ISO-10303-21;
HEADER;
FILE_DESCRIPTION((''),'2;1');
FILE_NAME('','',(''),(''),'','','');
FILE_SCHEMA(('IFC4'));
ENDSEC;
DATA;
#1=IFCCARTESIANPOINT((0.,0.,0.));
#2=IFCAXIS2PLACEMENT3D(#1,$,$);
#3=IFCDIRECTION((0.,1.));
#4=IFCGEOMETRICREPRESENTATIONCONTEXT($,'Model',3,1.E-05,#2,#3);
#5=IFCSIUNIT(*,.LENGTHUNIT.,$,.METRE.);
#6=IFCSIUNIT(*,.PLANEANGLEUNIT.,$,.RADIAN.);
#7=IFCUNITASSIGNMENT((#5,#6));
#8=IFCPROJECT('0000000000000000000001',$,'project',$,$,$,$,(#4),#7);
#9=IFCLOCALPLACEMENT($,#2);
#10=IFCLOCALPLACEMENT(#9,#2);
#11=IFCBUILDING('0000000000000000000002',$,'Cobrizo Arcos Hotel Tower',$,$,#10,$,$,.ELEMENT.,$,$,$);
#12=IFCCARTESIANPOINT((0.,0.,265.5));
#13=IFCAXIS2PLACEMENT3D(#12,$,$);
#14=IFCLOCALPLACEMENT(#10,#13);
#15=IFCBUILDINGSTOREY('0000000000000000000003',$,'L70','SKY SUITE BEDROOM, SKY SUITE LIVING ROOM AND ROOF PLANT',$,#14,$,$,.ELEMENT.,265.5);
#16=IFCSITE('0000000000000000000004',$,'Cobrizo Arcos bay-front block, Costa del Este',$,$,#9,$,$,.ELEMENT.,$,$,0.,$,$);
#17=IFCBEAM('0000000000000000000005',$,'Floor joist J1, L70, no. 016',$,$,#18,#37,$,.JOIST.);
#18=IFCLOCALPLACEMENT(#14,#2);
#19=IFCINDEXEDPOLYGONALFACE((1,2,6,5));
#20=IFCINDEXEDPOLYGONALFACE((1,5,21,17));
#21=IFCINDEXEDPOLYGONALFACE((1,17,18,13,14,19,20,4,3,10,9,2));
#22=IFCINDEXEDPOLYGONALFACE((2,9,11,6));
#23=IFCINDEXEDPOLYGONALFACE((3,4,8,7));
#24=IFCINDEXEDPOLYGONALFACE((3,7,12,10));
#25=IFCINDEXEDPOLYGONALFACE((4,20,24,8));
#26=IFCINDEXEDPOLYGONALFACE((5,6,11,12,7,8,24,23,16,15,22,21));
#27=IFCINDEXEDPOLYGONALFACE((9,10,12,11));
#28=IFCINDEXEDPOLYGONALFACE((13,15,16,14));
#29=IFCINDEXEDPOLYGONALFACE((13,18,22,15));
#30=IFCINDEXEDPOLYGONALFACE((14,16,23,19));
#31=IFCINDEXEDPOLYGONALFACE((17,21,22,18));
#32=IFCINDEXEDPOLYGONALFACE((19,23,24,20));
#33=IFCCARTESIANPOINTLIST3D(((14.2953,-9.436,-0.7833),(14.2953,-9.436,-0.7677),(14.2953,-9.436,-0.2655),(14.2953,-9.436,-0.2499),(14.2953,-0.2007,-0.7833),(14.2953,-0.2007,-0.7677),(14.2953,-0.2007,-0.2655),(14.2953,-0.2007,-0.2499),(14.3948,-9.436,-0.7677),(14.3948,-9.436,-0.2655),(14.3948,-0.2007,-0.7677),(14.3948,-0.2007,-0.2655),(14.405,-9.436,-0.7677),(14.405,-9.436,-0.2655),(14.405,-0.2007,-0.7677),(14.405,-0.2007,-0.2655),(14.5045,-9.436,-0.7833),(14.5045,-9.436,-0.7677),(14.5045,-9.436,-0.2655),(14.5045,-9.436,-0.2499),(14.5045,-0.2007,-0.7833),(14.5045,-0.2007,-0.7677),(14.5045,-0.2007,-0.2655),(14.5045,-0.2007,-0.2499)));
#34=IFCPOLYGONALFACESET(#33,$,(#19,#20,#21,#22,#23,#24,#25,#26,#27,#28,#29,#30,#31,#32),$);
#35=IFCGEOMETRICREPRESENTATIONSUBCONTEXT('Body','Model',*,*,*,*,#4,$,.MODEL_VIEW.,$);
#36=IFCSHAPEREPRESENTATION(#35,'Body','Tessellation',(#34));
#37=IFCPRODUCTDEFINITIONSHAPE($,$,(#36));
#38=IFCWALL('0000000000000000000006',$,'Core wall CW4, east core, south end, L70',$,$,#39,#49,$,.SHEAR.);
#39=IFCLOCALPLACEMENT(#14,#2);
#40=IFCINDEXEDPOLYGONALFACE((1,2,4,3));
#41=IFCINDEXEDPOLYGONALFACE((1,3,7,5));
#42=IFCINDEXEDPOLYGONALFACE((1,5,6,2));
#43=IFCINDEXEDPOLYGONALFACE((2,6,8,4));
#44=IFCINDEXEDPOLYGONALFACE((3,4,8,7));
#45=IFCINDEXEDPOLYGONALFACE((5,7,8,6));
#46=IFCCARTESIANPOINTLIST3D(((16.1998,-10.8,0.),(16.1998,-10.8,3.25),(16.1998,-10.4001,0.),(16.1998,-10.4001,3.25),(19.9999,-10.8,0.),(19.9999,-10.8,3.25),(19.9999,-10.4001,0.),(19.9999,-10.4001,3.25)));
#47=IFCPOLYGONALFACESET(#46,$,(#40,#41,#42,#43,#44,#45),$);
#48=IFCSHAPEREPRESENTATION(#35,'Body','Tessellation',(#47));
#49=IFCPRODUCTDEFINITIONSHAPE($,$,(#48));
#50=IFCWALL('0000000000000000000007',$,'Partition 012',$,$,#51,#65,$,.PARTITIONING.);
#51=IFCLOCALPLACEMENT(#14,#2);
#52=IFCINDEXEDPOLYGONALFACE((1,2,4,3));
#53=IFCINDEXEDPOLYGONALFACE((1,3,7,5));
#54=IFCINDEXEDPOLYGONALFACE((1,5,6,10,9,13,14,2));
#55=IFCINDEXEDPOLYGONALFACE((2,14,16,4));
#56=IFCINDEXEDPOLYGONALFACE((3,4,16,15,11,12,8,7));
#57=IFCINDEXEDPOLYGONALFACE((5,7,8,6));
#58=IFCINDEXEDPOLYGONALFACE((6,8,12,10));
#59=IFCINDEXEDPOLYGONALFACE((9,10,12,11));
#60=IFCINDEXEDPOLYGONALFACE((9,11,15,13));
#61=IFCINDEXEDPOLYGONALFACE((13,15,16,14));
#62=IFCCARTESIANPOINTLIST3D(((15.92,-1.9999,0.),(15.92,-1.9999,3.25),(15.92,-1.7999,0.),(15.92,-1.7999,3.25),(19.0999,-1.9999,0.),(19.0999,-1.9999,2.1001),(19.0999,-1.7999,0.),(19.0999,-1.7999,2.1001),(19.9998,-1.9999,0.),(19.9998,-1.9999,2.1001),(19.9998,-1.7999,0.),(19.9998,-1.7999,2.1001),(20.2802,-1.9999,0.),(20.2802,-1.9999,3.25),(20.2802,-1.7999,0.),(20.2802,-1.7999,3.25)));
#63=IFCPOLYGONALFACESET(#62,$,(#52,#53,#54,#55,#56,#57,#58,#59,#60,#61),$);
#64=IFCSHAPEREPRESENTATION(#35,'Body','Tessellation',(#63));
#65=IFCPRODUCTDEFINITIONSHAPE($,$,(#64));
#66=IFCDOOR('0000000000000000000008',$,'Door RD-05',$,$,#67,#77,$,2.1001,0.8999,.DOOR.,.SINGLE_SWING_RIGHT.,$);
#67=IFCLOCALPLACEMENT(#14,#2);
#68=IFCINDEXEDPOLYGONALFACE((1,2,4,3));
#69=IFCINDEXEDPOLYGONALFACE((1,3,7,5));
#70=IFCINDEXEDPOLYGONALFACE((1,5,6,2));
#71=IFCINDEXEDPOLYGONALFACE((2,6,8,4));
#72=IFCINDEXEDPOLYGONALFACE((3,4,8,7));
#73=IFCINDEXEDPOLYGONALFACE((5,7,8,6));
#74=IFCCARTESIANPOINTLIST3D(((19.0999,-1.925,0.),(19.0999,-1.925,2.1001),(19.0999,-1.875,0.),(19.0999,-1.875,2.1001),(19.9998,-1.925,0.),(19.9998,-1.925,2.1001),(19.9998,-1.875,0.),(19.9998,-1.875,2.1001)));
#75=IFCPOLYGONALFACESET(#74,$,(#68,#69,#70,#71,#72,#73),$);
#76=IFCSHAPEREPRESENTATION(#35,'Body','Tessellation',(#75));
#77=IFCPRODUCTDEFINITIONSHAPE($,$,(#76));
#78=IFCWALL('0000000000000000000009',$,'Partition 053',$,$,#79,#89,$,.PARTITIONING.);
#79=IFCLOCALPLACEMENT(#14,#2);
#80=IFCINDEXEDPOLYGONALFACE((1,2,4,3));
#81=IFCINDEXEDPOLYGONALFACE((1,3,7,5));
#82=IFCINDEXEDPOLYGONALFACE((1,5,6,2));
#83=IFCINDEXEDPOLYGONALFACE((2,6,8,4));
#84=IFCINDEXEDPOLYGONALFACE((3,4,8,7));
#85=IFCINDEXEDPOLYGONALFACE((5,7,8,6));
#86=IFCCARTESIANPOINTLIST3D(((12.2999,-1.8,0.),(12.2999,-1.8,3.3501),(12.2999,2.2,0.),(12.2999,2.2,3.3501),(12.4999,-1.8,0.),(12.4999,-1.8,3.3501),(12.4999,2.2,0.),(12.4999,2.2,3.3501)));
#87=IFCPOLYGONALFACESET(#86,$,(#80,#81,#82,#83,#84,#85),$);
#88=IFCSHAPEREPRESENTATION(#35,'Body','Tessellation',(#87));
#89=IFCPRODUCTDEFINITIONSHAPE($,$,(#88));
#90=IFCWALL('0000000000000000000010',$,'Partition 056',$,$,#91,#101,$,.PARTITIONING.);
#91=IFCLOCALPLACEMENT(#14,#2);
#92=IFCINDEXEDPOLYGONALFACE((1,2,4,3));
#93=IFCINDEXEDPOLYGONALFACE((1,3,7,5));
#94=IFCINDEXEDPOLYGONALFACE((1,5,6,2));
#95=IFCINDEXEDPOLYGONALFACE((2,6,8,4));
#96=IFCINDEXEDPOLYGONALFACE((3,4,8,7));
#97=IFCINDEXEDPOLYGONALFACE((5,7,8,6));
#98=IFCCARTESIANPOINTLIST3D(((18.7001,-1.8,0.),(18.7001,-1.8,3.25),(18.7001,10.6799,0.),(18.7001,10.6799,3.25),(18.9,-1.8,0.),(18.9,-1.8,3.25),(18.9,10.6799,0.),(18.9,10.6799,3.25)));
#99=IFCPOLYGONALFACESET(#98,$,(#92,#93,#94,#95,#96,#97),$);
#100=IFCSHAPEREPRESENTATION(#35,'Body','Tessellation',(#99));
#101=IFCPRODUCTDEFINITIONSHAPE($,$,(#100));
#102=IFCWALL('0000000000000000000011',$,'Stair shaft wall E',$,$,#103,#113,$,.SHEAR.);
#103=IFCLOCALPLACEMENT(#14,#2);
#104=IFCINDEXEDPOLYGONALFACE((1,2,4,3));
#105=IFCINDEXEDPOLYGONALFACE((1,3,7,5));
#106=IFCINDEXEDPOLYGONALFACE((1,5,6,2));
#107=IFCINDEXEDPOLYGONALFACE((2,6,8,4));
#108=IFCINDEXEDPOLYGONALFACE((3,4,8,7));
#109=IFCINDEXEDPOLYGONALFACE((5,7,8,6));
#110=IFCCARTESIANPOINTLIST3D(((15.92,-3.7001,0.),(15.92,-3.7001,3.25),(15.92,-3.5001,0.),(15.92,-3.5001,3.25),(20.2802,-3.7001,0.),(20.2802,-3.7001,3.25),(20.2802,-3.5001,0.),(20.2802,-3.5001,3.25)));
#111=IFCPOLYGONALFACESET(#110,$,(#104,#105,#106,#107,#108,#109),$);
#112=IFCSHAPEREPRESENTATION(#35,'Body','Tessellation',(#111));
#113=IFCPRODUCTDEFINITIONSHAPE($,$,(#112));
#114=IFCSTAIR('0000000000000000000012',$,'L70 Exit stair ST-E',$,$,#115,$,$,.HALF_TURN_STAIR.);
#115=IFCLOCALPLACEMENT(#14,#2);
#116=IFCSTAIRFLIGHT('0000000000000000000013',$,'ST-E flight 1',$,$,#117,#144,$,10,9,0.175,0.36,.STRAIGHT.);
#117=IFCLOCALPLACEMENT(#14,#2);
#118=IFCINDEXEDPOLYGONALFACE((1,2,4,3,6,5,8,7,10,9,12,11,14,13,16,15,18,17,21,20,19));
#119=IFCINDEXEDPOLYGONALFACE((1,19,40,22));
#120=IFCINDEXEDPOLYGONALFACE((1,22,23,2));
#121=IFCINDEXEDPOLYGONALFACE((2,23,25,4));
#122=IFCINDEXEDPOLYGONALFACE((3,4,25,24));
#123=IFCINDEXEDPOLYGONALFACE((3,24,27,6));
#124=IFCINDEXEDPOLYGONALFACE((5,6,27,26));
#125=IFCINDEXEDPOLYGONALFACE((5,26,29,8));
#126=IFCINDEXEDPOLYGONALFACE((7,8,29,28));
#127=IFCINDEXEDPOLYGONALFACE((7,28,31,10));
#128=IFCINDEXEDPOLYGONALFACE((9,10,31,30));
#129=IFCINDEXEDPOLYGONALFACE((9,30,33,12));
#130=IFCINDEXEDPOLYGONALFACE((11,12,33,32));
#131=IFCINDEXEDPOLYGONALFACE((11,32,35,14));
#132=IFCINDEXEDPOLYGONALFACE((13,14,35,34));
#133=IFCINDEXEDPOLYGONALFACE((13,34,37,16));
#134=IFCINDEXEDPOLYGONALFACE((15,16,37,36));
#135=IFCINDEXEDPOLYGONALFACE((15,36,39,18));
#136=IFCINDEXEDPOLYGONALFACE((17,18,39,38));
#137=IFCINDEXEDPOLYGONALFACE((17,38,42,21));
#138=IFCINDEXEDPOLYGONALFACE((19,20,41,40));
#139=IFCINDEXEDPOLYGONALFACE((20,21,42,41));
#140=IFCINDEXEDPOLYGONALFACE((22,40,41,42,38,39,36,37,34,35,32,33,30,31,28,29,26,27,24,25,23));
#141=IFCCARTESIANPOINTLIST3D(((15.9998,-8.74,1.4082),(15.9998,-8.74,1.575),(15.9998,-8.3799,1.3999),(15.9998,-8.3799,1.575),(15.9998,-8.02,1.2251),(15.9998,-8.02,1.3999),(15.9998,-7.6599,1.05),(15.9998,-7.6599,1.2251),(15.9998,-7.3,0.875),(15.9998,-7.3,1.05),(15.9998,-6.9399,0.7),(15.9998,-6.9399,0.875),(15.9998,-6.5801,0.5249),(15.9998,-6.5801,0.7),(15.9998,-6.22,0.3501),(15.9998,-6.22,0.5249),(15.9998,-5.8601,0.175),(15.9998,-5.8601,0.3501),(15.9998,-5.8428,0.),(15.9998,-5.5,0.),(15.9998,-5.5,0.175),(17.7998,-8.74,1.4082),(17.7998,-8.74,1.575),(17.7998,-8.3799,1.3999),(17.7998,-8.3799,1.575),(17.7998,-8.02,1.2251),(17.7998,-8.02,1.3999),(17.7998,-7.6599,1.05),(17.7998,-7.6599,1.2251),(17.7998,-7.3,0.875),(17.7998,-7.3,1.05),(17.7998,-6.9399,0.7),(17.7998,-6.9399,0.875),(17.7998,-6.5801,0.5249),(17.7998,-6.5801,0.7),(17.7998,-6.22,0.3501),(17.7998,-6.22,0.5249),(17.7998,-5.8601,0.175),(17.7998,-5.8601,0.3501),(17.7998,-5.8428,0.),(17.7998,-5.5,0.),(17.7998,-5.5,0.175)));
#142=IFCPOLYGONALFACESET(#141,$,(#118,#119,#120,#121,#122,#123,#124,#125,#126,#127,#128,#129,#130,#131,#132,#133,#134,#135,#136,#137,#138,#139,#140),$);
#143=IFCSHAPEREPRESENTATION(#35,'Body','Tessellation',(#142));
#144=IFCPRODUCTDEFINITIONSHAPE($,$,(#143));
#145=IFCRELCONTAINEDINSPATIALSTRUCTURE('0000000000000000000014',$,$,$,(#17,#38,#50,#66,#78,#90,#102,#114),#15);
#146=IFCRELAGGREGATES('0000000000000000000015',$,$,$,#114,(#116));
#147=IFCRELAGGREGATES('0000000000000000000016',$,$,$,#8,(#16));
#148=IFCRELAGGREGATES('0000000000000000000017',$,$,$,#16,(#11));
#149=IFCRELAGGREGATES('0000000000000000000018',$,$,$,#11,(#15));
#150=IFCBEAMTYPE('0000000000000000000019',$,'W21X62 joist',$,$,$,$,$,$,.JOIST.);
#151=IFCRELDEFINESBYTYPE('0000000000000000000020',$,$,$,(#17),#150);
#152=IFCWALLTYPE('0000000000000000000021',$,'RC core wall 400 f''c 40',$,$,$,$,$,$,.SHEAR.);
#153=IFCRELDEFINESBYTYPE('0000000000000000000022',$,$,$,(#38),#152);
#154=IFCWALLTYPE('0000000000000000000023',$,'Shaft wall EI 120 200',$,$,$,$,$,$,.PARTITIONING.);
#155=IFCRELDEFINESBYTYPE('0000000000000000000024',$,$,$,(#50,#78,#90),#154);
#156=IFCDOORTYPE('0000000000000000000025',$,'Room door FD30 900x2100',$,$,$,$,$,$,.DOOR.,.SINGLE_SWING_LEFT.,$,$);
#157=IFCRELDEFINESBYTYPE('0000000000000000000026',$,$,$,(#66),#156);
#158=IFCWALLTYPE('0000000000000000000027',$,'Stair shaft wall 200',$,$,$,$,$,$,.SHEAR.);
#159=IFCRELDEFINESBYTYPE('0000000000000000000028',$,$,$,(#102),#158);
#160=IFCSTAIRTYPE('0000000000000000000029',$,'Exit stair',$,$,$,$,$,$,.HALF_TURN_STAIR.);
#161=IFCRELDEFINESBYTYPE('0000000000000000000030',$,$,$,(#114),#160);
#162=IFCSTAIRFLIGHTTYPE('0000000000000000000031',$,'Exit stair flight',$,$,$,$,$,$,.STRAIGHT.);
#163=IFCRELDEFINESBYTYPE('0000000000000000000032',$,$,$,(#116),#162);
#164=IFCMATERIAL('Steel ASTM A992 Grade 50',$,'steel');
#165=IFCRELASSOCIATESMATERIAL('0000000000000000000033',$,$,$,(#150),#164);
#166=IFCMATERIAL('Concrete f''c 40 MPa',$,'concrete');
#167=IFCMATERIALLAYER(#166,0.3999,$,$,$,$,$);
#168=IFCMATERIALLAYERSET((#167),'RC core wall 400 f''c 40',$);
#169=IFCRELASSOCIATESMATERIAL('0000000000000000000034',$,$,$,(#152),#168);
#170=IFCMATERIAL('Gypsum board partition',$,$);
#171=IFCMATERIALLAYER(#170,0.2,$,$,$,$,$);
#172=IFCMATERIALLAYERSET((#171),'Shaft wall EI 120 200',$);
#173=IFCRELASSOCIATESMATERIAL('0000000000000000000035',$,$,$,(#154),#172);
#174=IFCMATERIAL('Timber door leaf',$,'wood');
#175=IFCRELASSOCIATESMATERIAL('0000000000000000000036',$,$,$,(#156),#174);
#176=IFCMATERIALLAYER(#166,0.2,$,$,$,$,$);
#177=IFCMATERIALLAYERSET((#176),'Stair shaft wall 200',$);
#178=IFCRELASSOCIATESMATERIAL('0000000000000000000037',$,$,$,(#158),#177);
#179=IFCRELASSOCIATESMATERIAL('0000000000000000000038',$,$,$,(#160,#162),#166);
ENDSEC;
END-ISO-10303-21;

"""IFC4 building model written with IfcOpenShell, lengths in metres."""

from ifc_helpers import new_model, si_unit, direction, frame, frame_2d, origin, origin_2d, place, context, subcontext, project, spatial, polyline, rectangle, i_section, outline, extrude, material, layer, layer_set, material_profile, profile_set, type_object, element, fill, aggregate, save


model = new_model("IFC4")

# Units and contexts
model_context = context("Model", 3, precision=1e-05, world=origin(), true_north=direction((0.0, 1.0)))
body_context = subcontext(model_context, "Body", "Model", "MODEL_VIEW")
ifc_project = project(units=[si_unit("LENGTHUNIT", "METRE"), si_unit("PLANEANGLEUNIT", "RADIAN")], contexts=[model_context])

# Site, building, storey
site_placement = place(None, origin())
site = spatial("IfcSite", under=ifc_project, at=site_placement, Name="Cobrizo Arcos bay-front block, Costa del Este", CompositionType="ELEMENT", RefElevation=0.0)
building_placement = place(site_placement, origin())
building = spatial("IfcBuilding", under=site, at=building_placement, Name="Cobrizo Arcos Hotel Tower", CompositionType="ELEMENT")
storey_placement = place(building_placement, frame((0.0, 0.0, 265.5)))
storey = spatial("IfcBuildingStorey", under=building, at=storey_placement, Name="L70", Description="SKY SUITE BEDROOM, SKY SUITE LIVING ROOM AND ROOF PLANT", CompositionType="ELEMENT", Elevation=265.5)

# Beam
ifc_material_1 = material(Name="Steel ASTM A992 Grade 50", Category="steel")
ifc_material_profile = material_profile(ifc_material_1, i_section(OverallWidth=0.2092, OverallDepth=0.5334, WebThickness=0.0103, FlangeThickness=0.0156, at=origin_2d()), Name="W21X62")
ifc_profile_set = profile_set([ifc_material_profile], Name="Steel ASTM A992 Grade 50")
beam_type = type_object("IfcBeamType", Name="W21X62 joist", PredefinedType="JOIST", material=ifc_profile_set)
beam_placement = place(storey_placement, frame((14.3999, -9.436, -0.5166), z_axis=(0.0, 1.0, 0.0), x_axis=(-1.0, 0.0, 0.0)))
element("IfcBeam", 1, at=beam_placement, inside=storey, type_object=beam_type, Name="Floor joist J1, L70, no. 016", PredefinedType="JOIST", context=body_context, shape_type="SweptSolid", body=[
    extrude(i_section(OverallWidth=0.2092, OverallDepth=0.5334, WebThickness=0.0103, FlangeThickness=0.0156, at=origin_2d()), origin(), (0.0, 0.0, 1.0), 9.2354),
])

# Wall
ifc_material_2 = material(Name="Concrete f'c 40 MPa", Category="concrete")
ifc_layer_1 = layer(ifc_material_2, 0.3999)
ifc_layer_set_1 = layer_set([ifc_layer_1], Name="RC core wall 400 f'c 40")
wall_type_1 = type_object("IfcWallType", Name="RC core wall 400 f'c 40", PredefinedType="SHEAR", material=ifc_layer_set_1)
wall_1_placement = place(storey_placement, frame((16.2, -10.6001, 0.0), z_axis=(0.0, 0.0, 1.0), x_axis=(1.0, 0.0, 0.0)))
element("IfcWall", 2, at=wall_1_placement, inside=storey, type_object=wall_type_1, Name="Core wall CW4, east core, south end, L70", PredefinedType="SHEAR", context=body_context, shape_type="SweptSolid", body=[
    extrude(rectangle(XDim=3.8, YDim=0.3999, at=frame_2d((1.8999, 0.0))), origin(), (0.0, 0.0, 1.0), 3.25),
])

# Wall, opening, door
ifc_material_3 = material(Name="Gypsum board partition")
ifc_layer_2 = layer(ifc_material_3, 0.2)
ifc_layer_set_2 = layer_set([ifc_layer_2], Name="Shaft wall EI 120 200")
wall_type_2 = type_object("IfcWallType", Name="Shaft wall EI 120 200", PredefinedType="PARTITIONING", material=ifc_layer_set_2)
wall_2_placement = place(storey_placement, frame((15.9199, -1.8999, 0.0), z_axis=(0.0, 0.0, 1.0), x_axis=(1.0, 0.0, 0.0)))
wall_2 = element("IfcWall", 3, at=wall_2_placement, inside=storey, type_object=wall_type_2, Name="Partition 012", PredefinedType="PARTITIONING", context=body_context, shape_type="SweptSolid", body=[
    extrude(rectangle(XDim=4.3601, YDim=0.2, at=frame_2d((2.1802, 0.0))), origin(), (0.0, 0.0, 1.0), 3.25),
])
opening_placement = place(wall_2_placement, frame((3.1799, 0.0, 0.0)))
opening = element("IfcOpeningElement", 4, at=opening_placement, cuts=wall_2, PredefinedType="OPENING", context=body_context, shape_type="SweptSolid", body=[
    extrude(rectangle(XDim=0.8999, YDim=2.1001, at=frame_2d((0.45, 1.05))), frame((0.0, 0.1121, 0.0), z_axis=(0.0, -1.0, 0.0), x_axis=(1.0, 0.0, 0.0)), (0.0, 0.0, 1.0), 0.2239),
])
ifc_material_4 = material(Name="Timber door leaf", Category="wood")
door_type = type_object("IfcDoorType", Name="Room door FD30 900x2100", OperationType="SINGLE_SWING_LEFT", PredefinedType="DOOR", material=ifc_material_4)
door_placement = place(opening_placement, origin())
door = element("IfcDoor", 5, at=door_placement, inside=storey, type_object=door_type, Name="Door RD-05", OperationType="SINGLE_SWING_RIGHT", OverallHeight=2.1001, OverallWidth=0.8999, PredefinedType="DOOR", context=body_context, shape_type="SweptSolid", body=[
    extrude(rectangle(XDim=0.8999, YDim=2.1001, at=frame_2d((0.45, 1.05))), frame((0.0, 0.0249, 0.0), z_axis=(0.0, -1.0, 0.0), x_axis=(1.0, 0.0, 0.0)), (0.0, 0.0, 1.0), 0.05),
])
fill(opening, door)

# Walls
wall_3_placement = place(storey_placement, frame((12.3999, -1.8, 0.0), z_axis=(0.0, 0.0, 1.0), x_axis=(0.0, 1.0, 0.0)))
element("IfcWall", 6, at=wall_3_placement, inside=storey, type_object=wall_type_2, Name="Partition 053", PredefinedType="PARTITIONING", context=body_context, shape_type="SweptSolid", body=[
    extrude(rectangle(XDim=4.0, YDim=0.2, at=frame_2d((2.0, 0.0))), origin(), (0.0, 0.0, 1.0), 3.3501),
])
wall_4_placement = place(storey_placement, frame((18.8, -1.8, 0.0), z_axis=(0.0, 0.0, 1.0), x_axis=(0.0, 1.0, 0.0)))
element("IfcWall", 7, at=wall_4_placement, inside=storey, type_object=wall_type_2, Name="Partition 056", PredefinedType="PARTITIONING", context=body_context, shape_type="SweptSolid", body=[
    extrude(rectangle(XDim=12.48, YDim=0.2, at=frame_2d((6.24, 0.0))), origin(), (0.0, 0.0, 1.0), 3.25),
])
ifc_layer_3 = layer(ifc_material_2, 0.2)
ifc_layer_set_3 = layer_set([ifc_layer_3], Name="Stair shaft wall 200")
wall_type_3 = type_object("IfcWallType", Name="Stair shaft wall 200", PredefinedType="SHEAR", material=ifc_layer_set_3)
wall_5_placement = place(storey_placement, frame((15.9199, -3.6001, 0.0), z_axis=(0.0, 0.0, 1.0), x_axis=(1.0, 0.0, 0.0)))
element("IfcWall", 8, at=wall_5_placement, inside=storey, type_object=wall_type_3, Name="Stair shaft wall E", PredefinedType="SHEAR", context=body_context, shape_type="SweptSolid", body=[
    extrude(rectangle(XDim=4.3601, YDim=0.2, at=frame_2d((2.1802, 0.0))), origin(), (0.0, 0.0, 1.0), 3.25),
])

# Stair, stair flight
stair_type = type_object("IfcStairType", Name="Exit stair", PredefinedType="HALF_TURN_STAIR", material=ifc_material_2)
stair_placement = place(storey_placement, origin())
stair = element("IfcStair", 9, at=stair_placement, inside=storey, type_object=stair_type, Name="L70 Exit stair ST-E", PredefinedType="HALF_TURN_STAIR")
stair_flight_type = type_object("IfcStairFlightType", Name="Exit stair flight", PredefinedType="STRAIGHT", material=ifc_material_2)
stair_flight_placement = place(storey_placement, frame((16.8999, -5.5, 0.0), z_axis=(0.0, 0.0, 1.0), x_axis=(0.0, -1.0, 0.0)))
stair_flight = element("IfcStairFlight", 10, at=stair_flight_placement, type_object=stair_flight_type, Name="ST-E flight 1", NumberOfRisers=10, NumberOfTreads=9, PredefinedType="STRAIGHT", RiserHeight=0.175, TreadLength=0.36, context=body_context, shape_type="SweptSolid", body=[
    extrude(outline(polyline([(0.0, 0.0), (0.0, 0.175), (0.3601, 0.175), (0.3601, 0.3501), (0.72, 0.3501), (0.72, 0.5249), (1.0801, 0.5249), (1.0801, 0.7), (1.4399, 0.7), (1.4399, 0.875), (1.8, 0.875), (1.8, 1.05), (2.1599, 1.05), (2.1599, 1.2251), (2.52, 1.2251), (2.52, 1.3999), (2.8799, 1.3999), (2.8799, 1.575), (3.24, 1.575), (3.24, 1.75), (3.24, 1.4082), (0.3428, 0.0), (0.0, 0.0)])), frame((0.0, 0.8999, 0.0), z_axis=(0.0, -1.0, 0.0), x_axis=(1.0, 0.0, 0.0)), (0.0, 0.0, 1.0), 1.8),
])
aggregate(stair, [stair_flight])

save(model, "model.ifc")
